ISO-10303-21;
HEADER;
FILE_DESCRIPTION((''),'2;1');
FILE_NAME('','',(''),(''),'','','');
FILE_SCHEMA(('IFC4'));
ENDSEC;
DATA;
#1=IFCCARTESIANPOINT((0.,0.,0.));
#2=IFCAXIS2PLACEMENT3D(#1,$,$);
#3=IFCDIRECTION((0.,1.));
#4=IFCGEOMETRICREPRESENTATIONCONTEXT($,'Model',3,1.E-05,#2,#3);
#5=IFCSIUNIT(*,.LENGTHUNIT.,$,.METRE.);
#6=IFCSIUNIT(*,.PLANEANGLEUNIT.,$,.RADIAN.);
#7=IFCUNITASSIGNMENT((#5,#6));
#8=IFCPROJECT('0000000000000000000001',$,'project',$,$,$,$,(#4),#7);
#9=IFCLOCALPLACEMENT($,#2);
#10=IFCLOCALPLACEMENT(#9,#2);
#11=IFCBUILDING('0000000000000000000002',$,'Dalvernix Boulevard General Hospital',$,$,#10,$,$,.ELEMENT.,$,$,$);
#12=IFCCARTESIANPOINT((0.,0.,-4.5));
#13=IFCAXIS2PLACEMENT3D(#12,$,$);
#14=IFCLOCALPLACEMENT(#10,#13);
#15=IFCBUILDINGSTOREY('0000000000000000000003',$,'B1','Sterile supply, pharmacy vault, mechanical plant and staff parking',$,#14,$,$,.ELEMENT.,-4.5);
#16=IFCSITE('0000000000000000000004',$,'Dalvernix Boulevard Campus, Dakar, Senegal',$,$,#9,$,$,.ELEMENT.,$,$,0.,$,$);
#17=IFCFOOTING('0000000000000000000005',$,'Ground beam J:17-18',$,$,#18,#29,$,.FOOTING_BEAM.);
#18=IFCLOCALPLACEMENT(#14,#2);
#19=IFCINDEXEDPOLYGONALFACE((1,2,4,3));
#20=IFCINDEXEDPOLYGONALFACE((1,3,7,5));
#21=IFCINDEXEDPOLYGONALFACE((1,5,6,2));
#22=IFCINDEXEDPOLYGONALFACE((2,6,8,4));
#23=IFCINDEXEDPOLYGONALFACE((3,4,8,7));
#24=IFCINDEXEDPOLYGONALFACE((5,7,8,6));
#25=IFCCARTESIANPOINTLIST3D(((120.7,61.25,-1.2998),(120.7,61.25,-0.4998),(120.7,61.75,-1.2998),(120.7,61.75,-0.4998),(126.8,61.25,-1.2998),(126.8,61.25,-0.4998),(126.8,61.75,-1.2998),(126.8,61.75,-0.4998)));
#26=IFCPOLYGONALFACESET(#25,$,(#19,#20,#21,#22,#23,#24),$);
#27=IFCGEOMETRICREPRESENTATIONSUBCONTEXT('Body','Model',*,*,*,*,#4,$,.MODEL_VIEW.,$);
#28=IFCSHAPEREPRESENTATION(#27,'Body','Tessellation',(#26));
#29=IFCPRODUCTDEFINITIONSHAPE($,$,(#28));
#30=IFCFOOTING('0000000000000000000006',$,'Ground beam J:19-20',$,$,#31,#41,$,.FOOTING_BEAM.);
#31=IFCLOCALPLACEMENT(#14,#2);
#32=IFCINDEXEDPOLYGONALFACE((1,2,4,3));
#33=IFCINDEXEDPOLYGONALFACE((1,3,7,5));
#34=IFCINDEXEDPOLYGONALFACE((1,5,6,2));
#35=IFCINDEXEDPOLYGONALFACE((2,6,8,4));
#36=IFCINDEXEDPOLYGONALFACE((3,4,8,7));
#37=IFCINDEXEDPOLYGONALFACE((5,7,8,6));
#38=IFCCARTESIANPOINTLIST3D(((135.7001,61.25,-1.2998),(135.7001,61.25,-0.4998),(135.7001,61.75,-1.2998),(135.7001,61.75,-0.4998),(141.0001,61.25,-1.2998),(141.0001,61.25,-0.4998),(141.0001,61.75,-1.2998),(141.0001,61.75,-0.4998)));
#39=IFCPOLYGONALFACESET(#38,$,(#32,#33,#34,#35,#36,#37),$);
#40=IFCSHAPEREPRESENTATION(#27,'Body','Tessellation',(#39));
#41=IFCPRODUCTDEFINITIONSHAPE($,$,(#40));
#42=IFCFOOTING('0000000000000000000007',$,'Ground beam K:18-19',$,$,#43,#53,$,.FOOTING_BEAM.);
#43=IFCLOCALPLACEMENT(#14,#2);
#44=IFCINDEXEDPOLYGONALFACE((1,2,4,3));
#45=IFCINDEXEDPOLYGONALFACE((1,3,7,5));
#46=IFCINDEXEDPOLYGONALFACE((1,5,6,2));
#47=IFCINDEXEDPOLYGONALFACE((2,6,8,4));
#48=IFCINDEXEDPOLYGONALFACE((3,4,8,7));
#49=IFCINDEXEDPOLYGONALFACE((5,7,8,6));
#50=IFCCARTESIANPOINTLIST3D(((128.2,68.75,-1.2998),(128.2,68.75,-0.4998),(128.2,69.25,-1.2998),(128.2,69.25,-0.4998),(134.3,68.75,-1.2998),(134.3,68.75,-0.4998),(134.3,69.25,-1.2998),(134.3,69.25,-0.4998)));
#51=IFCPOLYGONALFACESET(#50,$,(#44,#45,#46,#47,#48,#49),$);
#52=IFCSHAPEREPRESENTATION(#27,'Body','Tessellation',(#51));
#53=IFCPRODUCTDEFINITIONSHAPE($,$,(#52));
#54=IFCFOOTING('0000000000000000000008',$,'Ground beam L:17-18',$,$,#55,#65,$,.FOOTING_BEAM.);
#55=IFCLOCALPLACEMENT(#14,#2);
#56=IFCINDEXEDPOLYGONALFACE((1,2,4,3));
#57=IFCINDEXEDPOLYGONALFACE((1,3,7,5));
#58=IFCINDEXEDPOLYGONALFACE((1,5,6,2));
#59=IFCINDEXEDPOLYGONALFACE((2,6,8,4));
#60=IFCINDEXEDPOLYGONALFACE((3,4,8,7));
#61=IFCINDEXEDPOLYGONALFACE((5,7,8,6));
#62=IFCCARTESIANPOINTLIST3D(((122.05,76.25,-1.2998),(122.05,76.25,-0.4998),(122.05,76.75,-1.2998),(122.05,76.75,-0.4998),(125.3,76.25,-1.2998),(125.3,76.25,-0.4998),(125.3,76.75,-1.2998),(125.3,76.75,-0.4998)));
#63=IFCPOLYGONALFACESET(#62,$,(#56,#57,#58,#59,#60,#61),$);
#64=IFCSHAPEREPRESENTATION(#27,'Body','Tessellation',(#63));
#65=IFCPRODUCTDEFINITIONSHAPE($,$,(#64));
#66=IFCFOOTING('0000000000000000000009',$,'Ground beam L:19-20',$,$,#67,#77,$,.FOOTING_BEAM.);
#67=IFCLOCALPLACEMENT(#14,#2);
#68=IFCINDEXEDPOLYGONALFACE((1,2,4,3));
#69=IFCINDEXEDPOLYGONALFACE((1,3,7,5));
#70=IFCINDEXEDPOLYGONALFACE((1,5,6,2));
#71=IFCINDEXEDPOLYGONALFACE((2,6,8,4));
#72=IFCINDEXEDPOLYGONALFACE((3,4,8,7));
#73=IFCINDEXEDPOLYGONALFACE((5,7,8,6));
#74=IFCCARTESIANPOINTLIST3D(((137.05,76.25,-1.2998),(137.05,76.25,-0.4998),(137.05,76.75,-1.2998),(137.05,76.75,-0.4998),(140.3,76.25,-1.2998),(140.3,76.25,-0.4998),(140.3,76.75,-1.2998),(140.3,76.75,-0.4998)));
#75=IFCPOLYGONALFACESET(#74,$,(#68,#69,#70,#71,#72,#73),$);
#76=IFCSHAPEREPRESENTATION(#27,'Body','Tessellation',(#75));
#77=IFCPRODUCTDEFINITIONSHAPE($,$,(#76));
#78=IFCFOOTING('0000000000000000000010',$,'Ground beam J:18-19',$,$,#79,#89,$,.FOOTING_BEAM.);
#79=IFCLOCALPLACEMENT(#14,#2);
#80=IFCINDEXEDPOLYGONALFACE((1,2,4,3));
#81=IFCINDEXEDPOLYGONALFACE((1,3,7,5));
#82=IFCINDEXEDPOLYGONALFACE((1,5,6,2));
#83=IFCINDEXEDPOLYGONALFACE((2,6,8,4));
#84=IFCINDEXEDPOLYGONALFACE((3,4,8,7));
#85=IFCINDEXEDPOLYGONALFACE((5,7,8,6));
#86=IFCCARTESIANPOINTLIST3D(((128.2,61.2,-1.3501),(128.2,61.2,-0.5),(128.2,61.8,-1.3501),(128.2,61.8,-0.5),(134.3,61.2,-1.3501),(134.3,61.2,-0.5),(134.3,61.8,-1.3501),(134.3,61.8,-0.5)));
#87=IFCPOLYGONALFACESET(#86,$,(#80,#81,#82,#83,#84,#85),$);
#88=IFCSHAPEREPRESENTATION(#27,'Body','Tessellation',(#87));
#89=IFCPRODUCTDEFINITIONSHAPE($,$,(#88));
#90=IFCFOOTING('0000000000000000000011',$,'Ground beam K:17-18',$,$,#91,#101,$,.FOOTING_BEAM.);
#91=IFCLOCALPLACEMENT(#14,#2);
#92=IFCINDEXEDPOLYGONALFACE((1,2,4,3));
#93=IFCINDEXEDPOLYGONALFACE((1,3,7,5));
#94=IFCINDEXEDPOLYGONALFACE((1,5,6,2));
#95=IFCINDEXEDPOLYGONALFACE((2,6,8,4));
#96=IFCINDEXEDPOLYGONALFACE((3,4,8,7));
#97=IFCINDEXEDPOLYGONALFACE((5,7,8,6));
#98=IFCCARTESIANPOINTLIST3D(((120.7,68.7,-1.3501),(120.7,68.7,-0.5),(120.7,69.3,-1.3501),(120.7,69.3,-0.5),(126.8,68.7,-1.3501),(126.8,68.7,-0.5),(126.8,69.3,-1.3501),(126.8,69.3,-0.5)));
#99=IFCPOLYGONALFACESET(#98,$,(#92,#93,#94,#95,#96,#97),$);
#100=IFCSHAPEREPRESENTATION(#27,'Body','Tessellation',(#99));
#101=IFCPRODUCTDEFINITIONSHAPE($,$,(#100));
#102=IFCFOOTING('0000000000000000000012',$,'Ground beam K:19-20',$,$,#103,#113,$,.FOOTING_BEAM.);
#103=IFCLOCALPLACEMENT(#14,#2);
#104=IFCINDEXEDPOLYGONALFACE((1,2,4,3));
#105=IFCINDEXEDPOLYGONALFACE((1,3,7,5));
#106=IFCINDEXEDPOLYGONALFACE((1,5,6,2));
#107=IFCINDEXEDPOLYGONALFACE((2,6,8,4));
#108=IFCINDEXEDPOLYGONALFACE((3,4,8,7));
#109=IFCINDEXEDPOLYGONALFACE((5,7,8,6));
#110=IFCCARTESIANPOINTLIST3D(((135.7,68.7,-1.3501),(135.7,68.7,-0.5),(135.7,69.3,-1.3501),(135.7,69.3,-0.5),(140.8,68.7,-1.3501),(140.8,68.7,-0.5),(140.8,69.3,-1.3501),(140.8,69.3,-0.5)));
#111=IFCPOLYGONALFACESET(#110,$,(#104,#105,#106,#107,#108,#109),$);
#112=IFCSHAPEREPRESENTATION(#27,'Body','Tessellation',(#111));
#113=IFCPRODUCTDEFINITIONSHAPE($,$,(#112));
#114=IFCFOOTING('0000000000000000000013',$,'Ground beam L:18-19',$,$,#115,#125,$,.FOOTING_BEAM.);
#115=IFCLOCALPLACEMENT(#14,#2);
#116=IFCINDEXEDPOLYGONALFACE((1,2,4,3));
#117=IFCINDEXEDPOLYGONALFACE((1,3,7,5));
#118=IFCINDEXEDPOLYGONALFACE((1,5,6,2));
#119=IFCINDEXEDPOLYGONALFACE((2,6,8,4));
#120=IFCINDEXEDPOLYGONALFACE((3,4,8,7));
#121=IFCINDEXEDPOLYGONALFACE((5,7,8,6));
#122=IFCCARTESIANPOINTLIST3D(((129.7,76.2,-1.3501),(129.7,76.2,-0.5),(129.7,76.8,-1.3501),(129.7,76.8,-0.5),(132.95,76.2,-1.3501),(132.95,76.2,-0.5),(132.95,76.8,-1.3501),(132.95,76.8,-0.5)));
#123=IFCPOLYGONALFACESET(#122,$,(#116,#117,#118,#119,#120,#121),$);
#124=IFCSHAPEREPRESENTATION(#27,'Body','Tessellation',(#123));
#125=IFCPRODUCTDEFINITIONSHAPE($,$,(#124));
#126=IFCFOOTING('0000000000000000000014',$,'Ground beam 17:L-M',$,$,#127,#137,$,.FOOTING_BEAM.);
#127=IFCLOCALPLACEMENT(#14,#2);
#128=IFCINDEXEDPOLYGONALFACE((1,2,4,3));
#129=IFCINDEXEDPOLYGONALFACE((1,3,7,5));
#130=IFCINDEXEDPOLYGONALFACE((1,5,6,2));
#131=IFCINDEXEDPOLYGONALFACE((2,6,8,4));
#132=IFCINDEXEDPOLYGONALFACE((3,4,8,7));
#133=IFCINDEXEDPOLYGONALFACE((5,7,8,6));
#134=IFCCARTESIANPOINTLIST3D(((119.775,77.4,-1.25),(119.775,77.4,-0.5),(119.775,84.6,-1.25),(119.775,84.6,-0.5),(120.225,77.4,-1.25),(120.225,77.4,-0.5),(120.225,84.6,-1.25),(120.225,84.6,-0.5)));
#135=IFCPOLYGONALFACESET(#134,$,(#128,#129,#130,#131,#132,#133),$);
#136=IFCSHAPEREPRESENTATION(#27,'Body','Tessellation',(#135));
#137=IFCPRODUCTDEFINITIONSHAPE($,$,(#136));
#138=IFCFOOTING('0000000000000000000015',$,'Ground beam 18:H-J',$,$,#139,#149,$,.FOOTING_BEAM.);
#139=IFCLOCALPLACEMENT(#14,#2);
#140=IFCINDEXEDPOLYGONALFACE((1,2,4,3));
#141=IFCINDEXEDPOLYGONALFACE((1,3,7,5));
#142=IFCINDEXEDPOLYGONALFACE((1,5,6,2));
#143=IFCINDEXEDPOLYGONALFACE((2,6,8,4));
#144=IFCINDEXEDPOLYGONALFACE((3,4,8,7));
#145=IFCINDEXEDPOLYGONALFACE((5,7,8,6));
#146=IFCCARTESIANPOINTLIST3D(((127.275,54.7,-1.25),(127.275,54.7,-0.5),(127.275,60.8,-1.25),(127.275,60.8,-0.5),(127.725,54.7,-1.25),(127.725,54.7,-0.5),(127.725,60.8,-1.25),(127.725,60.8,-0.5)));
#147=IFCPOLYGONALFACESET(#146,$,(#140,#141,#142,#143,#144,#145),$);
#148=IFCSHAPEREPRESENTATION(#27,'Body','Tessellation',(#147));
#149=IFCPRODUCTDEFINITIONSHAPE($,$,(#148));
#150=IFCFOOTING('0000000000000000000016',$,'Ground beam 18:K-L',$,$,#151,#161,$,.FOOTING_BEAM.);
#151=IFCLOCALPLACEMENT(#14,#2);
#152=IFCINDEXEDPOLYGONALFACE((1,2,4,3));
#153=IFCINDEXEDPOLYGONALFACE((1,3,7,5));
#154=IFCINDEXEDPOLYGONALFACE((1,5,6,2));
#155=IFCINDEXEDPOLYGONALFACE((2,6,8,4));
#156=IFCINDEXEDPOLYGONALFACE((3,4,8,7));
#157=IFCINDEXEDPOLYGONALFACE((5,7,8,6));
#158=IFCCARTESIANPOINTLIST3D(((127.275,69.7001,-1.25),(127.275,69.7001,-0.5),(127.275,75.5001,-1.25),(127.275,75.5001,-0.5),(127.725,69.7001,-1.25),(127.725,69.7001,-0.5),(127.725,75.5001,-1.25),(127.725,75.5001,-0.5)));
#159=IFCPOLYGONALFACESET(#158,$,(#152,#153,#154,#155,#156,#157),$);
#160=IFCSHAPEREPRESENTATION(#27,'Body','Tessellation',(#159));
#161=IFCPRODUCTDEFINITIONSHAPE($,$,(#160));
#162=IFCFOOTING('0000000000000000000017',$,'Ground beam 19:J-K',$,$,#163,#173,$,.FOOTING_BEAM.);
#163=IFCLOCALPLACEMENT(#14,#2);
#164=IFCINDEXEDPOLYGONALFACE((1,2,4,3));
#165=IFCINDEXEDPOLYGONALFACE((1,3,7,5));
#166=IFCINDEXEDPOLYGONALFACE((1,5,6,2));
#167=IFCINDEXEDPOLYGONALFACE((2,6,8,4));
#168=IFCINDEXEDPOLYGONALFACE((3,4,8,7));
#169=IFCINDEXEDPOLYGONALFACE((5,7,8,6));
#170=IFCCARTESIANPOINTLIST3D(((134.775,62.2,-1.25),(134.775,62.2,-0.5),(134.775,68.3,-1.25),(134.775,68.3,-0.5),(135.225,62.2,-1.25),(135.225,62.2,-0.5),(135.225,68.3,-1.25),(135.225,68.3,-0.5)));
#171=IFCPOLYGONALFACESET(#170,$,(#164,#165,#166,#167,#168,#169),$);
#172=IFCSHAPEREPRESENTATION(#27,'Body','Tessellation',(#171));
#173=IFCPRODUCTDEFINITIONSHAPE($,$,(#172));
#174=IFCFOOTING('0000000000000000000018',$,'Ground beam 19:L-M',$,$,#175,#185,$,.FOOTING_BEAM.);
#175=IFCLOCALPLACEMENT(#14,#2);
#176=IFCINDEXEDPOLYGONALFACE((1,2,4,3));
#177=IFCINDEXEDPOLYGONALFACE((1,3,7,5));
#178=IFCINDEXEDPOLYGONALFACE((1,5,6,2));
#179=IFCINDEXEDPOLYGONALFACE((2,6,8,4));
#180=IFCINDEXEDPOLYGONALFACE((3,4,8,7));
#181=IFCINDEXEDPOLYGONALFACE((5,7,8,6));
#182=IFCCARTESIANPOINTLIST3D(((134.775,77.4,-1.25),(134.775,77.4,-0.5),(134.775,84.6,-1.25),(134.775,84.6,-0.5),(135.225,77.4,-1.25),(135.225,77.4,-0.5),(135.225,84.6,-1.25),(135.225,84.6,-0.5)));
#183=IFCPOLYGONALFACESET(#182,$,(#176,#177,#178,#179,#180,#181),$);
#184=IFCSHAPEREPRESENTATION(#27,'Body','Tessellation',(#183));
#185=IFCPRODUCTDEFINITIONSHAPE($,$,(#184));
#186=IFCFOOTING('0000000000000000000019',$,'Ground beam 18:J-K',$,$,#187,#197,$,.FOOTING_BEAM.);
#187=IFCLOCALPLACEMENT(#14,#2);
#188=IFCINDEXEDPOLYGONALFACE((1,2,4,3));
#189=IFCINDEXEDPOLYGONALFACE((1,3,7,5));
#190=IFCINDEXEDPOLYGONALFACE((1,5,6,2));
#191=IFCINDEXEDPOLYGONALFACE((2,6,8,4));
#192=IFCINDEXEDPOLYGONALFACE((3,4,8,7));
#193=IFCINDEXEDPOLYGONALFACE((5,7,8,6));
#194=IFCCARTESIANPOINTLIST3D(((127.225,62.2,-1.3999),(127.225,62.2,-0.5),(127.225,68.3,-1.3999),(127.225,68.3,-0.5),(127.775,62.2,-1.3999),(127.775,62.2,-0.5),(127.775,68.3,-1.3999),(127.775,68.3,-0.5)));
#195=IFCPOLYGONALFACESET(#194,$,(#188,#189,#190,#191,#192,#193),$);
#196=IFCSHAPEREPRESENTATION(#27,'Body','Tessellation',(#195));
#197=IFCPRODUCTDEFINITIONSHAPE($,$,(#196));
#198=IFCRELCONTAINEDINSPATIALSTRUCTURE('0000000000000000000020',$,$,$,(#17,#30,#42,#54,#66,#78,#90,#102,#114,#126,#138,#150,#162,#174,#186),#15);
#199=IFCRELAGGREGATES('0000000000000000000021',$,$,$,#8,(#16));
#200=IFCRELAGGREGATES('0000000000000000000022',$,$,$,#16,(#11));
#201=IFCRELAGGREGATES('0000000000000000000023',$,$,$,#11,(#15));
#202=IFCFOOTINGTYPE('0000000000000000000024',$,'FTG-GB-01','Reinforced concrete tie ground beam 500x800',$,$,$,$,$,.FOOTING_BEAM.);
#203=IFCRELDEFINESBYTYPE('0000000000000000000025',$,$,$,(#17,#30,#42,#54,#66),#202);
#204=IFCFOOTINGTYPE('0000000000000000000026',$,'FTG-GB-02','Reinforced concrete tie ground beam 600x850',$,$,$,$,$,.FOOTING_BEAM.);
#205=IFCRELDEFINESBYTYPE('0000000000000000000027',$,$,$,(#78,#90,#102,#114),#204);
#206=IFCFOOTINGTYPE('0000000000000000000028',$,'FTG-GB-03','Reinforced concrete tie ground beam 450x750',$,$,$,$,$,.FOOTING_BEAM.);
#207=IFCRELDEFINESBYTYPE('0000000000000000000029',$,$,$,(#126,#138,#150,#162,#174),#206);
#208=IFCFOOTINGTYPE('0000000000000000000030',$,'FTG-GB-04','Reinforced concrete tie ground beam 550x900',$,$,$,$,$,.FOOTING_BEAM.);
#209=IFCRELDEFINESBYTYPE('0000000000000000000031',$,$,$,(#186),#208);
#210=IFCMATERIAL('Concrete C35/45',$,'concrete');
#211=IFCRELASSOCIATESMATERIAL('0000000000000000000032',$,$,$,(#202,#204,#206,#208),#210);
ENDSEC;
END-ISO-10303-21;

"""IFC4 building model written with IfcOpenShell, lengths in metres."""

from ifc_helpers import new_model, si_unit, direction, frame, origin, origin_2d, place, context, subcontext, project, spatial, rectangle, extrude, material, type_object, element, save


model = new_model("IFC4")

# Units and contexts
model_context = context("Model", 3, precision=1e-05, world=origin(), true_north=direction((0.0, 1.0)))
body_context = subcontext(model_context, "Body", "Model", "MODEL_VIEW")
ifc_project = project(units=[si_unit("LENGTHUNIT", "METRE"), si_unit("PLANEANGLEUNIT", "RADIAN")], contexts=[model_context])

# Site, building, storey
site_placement = place(None, origin())
site = spatial("IfcSite", under=ifc_project, at=site_placement, Name="Dalvernix Boulevard Campus, Dakar, Senegal", CompositionType="ELEMENT", RefElevation=0.0)
building_placement = place(site_placement, origin())
building = spatial("IfcBuilding", under=site, at=building_placement, Name="Dalvernix Boulevard General Hospital", CompositionType="ELEMENT")
storey_placement = place(building_placement, frame((0.0, 0.0, -4.5)))
storey = spatial("IfcBuildingStorey", under=building, at=storey_placement, Name="B1", Description="Sterile supply, pharmacy vault, mechanical plant and staff parking", CompositionType="ELEMENT", Elevation=-4.5)

# Footings
ifc_material_1 = material(Name="Concrete C35/45", Category="concrete")
footing_type_1 = type_object("IfcFootingType", Name="FTG-GB-01", Description="Reinforced concrete tie ground beam 500x800", PredefinedType="FOOTING_BEAM", material=ifc_material_1)
footing_1_placement = place(storey_placement, frame((123.75, 61.5, -1.2998), z_axis=(0.0, 0.0, 1.0), x_axis=(1.0, 0.0, 0.0)))
element("IfcFooting", 1, at=footing_1_placement, inside=storey, type_object=footing_type_1, Name="Ground beam J:17-18", PredefinedType="FOOTING_BEAM", context=body_context, shape_type="SweptSolid", body=[
    extrude(rectangle(XDim=6.1001, YDim=0.5, at=origin_2d()), origin(), (0.0, 0.0, 1.0), 0.8),
])
footing_2_placement = place(storey_placement, frame((138.3501, 61.5, -1.2998), z_axis=(0.0, 0.0, 1.0), x_axis=(1.0, 0.0, 0.0)))
element("IfcFooting", 2, at=footing_2_placement, inside=storey, type_object=footing_type_1, Name="Ground beam J:19-20", PredefinedType="FOOTING_BEAM", context=body_context, shape_type="SweptSolid", body=[
    extrude(rectangle(XDim=5.3, YDim=0.5, at=origin_2d()), origin(), (0.0, 0.0, 1.0), 0.8),
])
footing_3_placement = place(storey_placement, frame((131.25, 69.0, -1.2998), z_axis=(0.0, 0.0, 1.0), x_axis=(1.0, 0.0, 0.0)))
element("IfcFooting", 3, at=footing_3_placement, inside=storey, type_object=footing_type_1, Name="Ground beam K:18-19", PredefinedType="FOOTING_BEAM", context=body_context, shape_type="SweptSolid", body=[
    extrude(rectangle(XDim=6.1001, YDim=0.5, at=origin_2d()), origin(), (0.0, 0.0, 1.0), 0.8),
])
for number, where, z_axis, x_axis, name in (
    (4, (123.675, 76.5, -1.2998), (0.0, 0.0, 1.0), (1.0, 0.0, 0.0), "Ground beam L:17-18"),
    (5, (138.675, 76.5, -1.2998), (0.0, 0.0, 1.0), (1.0, 0.0, 0.0), "Ground beam L:19-20"),
):
    element("IfcFooting", number, at=place(storey_placement, frame(where, z_axis=z_axis, x_axis=x_axis)), inside=storey, type_object=footing_type_1, Name=name, PredefinedType="FOOTING_BEAM", context=body_context, shape_type="SweptSolid", body=[
        extrude(rectangle(XDim=3.25, YDim=0.5, at=origin_2d()), origin(), (0.0, 0.0, 1.0), 0.8),
    ])
footing_type_2 = type_object("IfcFootingType", Name="FTG-GB-02", Description="Reinforced concrete tie ground beam 600x850", PredefinedType="FOOTING_BEAM", material=ifc_material_1)
for number, where, z_axis, x_axis, name in (
    (6, (131.25, 61.5, -1.3501), (0.0, 0.0, 1.0), (1.0, 0.0, 0.0), "Ground beam J:18-19"),
    (7, (123.75, 69.0, -1.3501), (0.0, 0.0, 1.0), (1.0, 0.0, 0.0), "Ground beam K:17-18"),
):
    element("IfcFooting", number, at=place(storey_placement, frame(where, z_axis=z_axis, x_axis=x_axis)), inside=storey, type_object=footing_type_2, Name=name, PredefinedType="FOOTING_BEAM", context=body_context, shape_type="SweptSolid", body=[
        extrude(rectangle(XDim=6.1001, YDim=0.6001, at=origin_2d()), origin(), (0.0, 0.0, 1.0), 0.8501),
    ])
footing_4_placement = place(storey_placement, frame((138.25, 69.0, -1.3501), z_axis=(0.0, 0.0, 1.0), x_axis=(1.0, 0.0, 0.0)))
element("IfcFooting", 8, at=footing_4_placement, inside=storey, type_object=footing_type_2, Name="Ground beam K:19-20", PredefinedType="FOOTING_BEAM", context=body_context, shape_type="SweptSolid", body=[
    extrude(rectangle(XDim=5.1001, YDim=0.6001, at=origin_2d()), origin(), (0.0, 0.0, 1.0), 0.8501),
])
footing_5_placement = place(storey_placement, frame((131.325, 76.5, -1.3501), z_axis=(0.0, 0.0, 1.0), x_axis=(1.0, 0.0, 0.0)))
element("IfcFooting", 9, at=footing_5_placement, inside=storey, type_object=footing_type_2, Name="Ground beam L:18-19", PredefinedType="FOOTING_BEAM", context=body_context, shape_type="SweptSolid", body=[
    extrude(rectangle(XDim=3.25, YDim=0.6001, at=origin_2d()), origin(), (0.0, 0.0, 1.0), 0.8501),
])
footing_type_3 = type_object("IfcFootingType", Name="FTG-GB-03", Description="Reinforced concrete tie ground beam 450x750", PredefinedType="FOOTING_BEAM", material=ifc_material_1)
footing_6_placement = place(storey_placement, frame((120.0, 81.0, -1.25), z_axis=(0.0, 0.0, 1.0), x_axis=(0.0, 1.0, 0.0)))
element("IfcFooting", 10, at=footing_6_placement, inside=storey, type_object=footing_type_3, Name="Ground beam 17:L-M", PredefinedType="FOOTING_BEAM", context=body_context, shape_type="SweptSolid", body=[
    extrude(rectangle(XDim=7.2, YDim=0.45, at=origin_2d()), origin(), (0.0, 0.0, 1.0), 0.75),
])
footing_7_placement = place(storey_placement, frame((127.5, 57.75, -1.25), z_axis=(0.0, 0.0, 1.0), x_axis=(0.0, 1.0, 0.0)))
element("IfcFooting", 11, at=footing_7_placement, inside=storey, type_object=footing_type_3, Name="Ground beam 18:H-J", PredefinedType="FOOTING_BEAM", context=body_context, shape_type="SweptSolid", body=[
    extrude(rectangle(XDim=6.1001, YDim=0.45, at=origin_2d()), origin(), (0.0, 0.0, 1.0), 0.75),
])
footing_8_placement = place(storey_placement, frame((127.5, 72.6001, -1.25), z_axis=(0.0, 0.0, 1.0), x_axis=(0.0, 1.0, 0.0)))
element("IfcFooting", 12, at=footing_8_placement, inside=storey, type_object=footing_type_3, Name="Ground beam 18:K-L", PredefinedType="FOOTING_BEAM", context=body_context, shape_type="SweptSolid", body=[
    extrude(rectangle(XDim=5.8, YDim=0.45, at=origin_2d()), origin(), (0.0, 0.0, 1.0), 0.75),
])
footing_9_placement = place(storey_placement, frame((135.0, 65.25, -1.25), z_axis=(0.0, 0.0, 1.0), x_axis=(0.0, 1.0, 0.0)))
element("IfcFooting", 13, at=footing_9_placement, inside=storey, type_object=footing_type_3, Name="Ground beam 19:J-K", PredefinedType="FOOTING_BEAM", context=body_context, shape_type="SweptSolid", body=[
    extrude(rectangle(XDim=6.1001, YDim=0.45, at=origin_2d()), origin(), (0.0, 0.0, 1.0), 0.75),
])
footing_10_placement = place(storey_placement, frame((135.0, 81.0, -1.25), z_axis=(0.0, 0.0, 1.0), x_axis=(0.0, 1.0, 0.0)))
element("IfcFooting", 14, at=footing_10_placement, inside=storey, type_object=footing_type_3, Name="Ground beam 19:L-M", PredefinedType="FOOTING_BEAM", context=body_context, shape_type="SweptSolid", body=[
    extrude(rectangle(XDim=7.2, YDim=0.45, at=origin_2d()), origin(), (0.0, 0.0, 1.0), 0.75),
])
footing_type_4 = type_object("IfcFootingType", Name="FTG-GB-04", Description="Reinforced concrete tie ground beam 550x900", PredefinedType="FOOTING_BEAM", material=ifc_material_1)
footing_11_placement = place(storey_placement, frame((127.5, 65.25, -1.3999), z_axis=(0.0, 0.0, 1.0), x_axis=(0.0, 1.0, 0.0)))
element("IfcFooting", 15, at=footing_11_placement, inside=storey, type_object=footing_type_4, Name="Ground beam 18:J-K", PredefinedType="FOOTING_BEAM", context=body_context, shape_type="SweptSolid", body=[
    extrude(rectangle(XDim=6.1001, YDim=0.55, at=origin_2d()), origin(), (0.0, 0.0, 1.0), 0.8999),
])

save(model, "model.ifc")
